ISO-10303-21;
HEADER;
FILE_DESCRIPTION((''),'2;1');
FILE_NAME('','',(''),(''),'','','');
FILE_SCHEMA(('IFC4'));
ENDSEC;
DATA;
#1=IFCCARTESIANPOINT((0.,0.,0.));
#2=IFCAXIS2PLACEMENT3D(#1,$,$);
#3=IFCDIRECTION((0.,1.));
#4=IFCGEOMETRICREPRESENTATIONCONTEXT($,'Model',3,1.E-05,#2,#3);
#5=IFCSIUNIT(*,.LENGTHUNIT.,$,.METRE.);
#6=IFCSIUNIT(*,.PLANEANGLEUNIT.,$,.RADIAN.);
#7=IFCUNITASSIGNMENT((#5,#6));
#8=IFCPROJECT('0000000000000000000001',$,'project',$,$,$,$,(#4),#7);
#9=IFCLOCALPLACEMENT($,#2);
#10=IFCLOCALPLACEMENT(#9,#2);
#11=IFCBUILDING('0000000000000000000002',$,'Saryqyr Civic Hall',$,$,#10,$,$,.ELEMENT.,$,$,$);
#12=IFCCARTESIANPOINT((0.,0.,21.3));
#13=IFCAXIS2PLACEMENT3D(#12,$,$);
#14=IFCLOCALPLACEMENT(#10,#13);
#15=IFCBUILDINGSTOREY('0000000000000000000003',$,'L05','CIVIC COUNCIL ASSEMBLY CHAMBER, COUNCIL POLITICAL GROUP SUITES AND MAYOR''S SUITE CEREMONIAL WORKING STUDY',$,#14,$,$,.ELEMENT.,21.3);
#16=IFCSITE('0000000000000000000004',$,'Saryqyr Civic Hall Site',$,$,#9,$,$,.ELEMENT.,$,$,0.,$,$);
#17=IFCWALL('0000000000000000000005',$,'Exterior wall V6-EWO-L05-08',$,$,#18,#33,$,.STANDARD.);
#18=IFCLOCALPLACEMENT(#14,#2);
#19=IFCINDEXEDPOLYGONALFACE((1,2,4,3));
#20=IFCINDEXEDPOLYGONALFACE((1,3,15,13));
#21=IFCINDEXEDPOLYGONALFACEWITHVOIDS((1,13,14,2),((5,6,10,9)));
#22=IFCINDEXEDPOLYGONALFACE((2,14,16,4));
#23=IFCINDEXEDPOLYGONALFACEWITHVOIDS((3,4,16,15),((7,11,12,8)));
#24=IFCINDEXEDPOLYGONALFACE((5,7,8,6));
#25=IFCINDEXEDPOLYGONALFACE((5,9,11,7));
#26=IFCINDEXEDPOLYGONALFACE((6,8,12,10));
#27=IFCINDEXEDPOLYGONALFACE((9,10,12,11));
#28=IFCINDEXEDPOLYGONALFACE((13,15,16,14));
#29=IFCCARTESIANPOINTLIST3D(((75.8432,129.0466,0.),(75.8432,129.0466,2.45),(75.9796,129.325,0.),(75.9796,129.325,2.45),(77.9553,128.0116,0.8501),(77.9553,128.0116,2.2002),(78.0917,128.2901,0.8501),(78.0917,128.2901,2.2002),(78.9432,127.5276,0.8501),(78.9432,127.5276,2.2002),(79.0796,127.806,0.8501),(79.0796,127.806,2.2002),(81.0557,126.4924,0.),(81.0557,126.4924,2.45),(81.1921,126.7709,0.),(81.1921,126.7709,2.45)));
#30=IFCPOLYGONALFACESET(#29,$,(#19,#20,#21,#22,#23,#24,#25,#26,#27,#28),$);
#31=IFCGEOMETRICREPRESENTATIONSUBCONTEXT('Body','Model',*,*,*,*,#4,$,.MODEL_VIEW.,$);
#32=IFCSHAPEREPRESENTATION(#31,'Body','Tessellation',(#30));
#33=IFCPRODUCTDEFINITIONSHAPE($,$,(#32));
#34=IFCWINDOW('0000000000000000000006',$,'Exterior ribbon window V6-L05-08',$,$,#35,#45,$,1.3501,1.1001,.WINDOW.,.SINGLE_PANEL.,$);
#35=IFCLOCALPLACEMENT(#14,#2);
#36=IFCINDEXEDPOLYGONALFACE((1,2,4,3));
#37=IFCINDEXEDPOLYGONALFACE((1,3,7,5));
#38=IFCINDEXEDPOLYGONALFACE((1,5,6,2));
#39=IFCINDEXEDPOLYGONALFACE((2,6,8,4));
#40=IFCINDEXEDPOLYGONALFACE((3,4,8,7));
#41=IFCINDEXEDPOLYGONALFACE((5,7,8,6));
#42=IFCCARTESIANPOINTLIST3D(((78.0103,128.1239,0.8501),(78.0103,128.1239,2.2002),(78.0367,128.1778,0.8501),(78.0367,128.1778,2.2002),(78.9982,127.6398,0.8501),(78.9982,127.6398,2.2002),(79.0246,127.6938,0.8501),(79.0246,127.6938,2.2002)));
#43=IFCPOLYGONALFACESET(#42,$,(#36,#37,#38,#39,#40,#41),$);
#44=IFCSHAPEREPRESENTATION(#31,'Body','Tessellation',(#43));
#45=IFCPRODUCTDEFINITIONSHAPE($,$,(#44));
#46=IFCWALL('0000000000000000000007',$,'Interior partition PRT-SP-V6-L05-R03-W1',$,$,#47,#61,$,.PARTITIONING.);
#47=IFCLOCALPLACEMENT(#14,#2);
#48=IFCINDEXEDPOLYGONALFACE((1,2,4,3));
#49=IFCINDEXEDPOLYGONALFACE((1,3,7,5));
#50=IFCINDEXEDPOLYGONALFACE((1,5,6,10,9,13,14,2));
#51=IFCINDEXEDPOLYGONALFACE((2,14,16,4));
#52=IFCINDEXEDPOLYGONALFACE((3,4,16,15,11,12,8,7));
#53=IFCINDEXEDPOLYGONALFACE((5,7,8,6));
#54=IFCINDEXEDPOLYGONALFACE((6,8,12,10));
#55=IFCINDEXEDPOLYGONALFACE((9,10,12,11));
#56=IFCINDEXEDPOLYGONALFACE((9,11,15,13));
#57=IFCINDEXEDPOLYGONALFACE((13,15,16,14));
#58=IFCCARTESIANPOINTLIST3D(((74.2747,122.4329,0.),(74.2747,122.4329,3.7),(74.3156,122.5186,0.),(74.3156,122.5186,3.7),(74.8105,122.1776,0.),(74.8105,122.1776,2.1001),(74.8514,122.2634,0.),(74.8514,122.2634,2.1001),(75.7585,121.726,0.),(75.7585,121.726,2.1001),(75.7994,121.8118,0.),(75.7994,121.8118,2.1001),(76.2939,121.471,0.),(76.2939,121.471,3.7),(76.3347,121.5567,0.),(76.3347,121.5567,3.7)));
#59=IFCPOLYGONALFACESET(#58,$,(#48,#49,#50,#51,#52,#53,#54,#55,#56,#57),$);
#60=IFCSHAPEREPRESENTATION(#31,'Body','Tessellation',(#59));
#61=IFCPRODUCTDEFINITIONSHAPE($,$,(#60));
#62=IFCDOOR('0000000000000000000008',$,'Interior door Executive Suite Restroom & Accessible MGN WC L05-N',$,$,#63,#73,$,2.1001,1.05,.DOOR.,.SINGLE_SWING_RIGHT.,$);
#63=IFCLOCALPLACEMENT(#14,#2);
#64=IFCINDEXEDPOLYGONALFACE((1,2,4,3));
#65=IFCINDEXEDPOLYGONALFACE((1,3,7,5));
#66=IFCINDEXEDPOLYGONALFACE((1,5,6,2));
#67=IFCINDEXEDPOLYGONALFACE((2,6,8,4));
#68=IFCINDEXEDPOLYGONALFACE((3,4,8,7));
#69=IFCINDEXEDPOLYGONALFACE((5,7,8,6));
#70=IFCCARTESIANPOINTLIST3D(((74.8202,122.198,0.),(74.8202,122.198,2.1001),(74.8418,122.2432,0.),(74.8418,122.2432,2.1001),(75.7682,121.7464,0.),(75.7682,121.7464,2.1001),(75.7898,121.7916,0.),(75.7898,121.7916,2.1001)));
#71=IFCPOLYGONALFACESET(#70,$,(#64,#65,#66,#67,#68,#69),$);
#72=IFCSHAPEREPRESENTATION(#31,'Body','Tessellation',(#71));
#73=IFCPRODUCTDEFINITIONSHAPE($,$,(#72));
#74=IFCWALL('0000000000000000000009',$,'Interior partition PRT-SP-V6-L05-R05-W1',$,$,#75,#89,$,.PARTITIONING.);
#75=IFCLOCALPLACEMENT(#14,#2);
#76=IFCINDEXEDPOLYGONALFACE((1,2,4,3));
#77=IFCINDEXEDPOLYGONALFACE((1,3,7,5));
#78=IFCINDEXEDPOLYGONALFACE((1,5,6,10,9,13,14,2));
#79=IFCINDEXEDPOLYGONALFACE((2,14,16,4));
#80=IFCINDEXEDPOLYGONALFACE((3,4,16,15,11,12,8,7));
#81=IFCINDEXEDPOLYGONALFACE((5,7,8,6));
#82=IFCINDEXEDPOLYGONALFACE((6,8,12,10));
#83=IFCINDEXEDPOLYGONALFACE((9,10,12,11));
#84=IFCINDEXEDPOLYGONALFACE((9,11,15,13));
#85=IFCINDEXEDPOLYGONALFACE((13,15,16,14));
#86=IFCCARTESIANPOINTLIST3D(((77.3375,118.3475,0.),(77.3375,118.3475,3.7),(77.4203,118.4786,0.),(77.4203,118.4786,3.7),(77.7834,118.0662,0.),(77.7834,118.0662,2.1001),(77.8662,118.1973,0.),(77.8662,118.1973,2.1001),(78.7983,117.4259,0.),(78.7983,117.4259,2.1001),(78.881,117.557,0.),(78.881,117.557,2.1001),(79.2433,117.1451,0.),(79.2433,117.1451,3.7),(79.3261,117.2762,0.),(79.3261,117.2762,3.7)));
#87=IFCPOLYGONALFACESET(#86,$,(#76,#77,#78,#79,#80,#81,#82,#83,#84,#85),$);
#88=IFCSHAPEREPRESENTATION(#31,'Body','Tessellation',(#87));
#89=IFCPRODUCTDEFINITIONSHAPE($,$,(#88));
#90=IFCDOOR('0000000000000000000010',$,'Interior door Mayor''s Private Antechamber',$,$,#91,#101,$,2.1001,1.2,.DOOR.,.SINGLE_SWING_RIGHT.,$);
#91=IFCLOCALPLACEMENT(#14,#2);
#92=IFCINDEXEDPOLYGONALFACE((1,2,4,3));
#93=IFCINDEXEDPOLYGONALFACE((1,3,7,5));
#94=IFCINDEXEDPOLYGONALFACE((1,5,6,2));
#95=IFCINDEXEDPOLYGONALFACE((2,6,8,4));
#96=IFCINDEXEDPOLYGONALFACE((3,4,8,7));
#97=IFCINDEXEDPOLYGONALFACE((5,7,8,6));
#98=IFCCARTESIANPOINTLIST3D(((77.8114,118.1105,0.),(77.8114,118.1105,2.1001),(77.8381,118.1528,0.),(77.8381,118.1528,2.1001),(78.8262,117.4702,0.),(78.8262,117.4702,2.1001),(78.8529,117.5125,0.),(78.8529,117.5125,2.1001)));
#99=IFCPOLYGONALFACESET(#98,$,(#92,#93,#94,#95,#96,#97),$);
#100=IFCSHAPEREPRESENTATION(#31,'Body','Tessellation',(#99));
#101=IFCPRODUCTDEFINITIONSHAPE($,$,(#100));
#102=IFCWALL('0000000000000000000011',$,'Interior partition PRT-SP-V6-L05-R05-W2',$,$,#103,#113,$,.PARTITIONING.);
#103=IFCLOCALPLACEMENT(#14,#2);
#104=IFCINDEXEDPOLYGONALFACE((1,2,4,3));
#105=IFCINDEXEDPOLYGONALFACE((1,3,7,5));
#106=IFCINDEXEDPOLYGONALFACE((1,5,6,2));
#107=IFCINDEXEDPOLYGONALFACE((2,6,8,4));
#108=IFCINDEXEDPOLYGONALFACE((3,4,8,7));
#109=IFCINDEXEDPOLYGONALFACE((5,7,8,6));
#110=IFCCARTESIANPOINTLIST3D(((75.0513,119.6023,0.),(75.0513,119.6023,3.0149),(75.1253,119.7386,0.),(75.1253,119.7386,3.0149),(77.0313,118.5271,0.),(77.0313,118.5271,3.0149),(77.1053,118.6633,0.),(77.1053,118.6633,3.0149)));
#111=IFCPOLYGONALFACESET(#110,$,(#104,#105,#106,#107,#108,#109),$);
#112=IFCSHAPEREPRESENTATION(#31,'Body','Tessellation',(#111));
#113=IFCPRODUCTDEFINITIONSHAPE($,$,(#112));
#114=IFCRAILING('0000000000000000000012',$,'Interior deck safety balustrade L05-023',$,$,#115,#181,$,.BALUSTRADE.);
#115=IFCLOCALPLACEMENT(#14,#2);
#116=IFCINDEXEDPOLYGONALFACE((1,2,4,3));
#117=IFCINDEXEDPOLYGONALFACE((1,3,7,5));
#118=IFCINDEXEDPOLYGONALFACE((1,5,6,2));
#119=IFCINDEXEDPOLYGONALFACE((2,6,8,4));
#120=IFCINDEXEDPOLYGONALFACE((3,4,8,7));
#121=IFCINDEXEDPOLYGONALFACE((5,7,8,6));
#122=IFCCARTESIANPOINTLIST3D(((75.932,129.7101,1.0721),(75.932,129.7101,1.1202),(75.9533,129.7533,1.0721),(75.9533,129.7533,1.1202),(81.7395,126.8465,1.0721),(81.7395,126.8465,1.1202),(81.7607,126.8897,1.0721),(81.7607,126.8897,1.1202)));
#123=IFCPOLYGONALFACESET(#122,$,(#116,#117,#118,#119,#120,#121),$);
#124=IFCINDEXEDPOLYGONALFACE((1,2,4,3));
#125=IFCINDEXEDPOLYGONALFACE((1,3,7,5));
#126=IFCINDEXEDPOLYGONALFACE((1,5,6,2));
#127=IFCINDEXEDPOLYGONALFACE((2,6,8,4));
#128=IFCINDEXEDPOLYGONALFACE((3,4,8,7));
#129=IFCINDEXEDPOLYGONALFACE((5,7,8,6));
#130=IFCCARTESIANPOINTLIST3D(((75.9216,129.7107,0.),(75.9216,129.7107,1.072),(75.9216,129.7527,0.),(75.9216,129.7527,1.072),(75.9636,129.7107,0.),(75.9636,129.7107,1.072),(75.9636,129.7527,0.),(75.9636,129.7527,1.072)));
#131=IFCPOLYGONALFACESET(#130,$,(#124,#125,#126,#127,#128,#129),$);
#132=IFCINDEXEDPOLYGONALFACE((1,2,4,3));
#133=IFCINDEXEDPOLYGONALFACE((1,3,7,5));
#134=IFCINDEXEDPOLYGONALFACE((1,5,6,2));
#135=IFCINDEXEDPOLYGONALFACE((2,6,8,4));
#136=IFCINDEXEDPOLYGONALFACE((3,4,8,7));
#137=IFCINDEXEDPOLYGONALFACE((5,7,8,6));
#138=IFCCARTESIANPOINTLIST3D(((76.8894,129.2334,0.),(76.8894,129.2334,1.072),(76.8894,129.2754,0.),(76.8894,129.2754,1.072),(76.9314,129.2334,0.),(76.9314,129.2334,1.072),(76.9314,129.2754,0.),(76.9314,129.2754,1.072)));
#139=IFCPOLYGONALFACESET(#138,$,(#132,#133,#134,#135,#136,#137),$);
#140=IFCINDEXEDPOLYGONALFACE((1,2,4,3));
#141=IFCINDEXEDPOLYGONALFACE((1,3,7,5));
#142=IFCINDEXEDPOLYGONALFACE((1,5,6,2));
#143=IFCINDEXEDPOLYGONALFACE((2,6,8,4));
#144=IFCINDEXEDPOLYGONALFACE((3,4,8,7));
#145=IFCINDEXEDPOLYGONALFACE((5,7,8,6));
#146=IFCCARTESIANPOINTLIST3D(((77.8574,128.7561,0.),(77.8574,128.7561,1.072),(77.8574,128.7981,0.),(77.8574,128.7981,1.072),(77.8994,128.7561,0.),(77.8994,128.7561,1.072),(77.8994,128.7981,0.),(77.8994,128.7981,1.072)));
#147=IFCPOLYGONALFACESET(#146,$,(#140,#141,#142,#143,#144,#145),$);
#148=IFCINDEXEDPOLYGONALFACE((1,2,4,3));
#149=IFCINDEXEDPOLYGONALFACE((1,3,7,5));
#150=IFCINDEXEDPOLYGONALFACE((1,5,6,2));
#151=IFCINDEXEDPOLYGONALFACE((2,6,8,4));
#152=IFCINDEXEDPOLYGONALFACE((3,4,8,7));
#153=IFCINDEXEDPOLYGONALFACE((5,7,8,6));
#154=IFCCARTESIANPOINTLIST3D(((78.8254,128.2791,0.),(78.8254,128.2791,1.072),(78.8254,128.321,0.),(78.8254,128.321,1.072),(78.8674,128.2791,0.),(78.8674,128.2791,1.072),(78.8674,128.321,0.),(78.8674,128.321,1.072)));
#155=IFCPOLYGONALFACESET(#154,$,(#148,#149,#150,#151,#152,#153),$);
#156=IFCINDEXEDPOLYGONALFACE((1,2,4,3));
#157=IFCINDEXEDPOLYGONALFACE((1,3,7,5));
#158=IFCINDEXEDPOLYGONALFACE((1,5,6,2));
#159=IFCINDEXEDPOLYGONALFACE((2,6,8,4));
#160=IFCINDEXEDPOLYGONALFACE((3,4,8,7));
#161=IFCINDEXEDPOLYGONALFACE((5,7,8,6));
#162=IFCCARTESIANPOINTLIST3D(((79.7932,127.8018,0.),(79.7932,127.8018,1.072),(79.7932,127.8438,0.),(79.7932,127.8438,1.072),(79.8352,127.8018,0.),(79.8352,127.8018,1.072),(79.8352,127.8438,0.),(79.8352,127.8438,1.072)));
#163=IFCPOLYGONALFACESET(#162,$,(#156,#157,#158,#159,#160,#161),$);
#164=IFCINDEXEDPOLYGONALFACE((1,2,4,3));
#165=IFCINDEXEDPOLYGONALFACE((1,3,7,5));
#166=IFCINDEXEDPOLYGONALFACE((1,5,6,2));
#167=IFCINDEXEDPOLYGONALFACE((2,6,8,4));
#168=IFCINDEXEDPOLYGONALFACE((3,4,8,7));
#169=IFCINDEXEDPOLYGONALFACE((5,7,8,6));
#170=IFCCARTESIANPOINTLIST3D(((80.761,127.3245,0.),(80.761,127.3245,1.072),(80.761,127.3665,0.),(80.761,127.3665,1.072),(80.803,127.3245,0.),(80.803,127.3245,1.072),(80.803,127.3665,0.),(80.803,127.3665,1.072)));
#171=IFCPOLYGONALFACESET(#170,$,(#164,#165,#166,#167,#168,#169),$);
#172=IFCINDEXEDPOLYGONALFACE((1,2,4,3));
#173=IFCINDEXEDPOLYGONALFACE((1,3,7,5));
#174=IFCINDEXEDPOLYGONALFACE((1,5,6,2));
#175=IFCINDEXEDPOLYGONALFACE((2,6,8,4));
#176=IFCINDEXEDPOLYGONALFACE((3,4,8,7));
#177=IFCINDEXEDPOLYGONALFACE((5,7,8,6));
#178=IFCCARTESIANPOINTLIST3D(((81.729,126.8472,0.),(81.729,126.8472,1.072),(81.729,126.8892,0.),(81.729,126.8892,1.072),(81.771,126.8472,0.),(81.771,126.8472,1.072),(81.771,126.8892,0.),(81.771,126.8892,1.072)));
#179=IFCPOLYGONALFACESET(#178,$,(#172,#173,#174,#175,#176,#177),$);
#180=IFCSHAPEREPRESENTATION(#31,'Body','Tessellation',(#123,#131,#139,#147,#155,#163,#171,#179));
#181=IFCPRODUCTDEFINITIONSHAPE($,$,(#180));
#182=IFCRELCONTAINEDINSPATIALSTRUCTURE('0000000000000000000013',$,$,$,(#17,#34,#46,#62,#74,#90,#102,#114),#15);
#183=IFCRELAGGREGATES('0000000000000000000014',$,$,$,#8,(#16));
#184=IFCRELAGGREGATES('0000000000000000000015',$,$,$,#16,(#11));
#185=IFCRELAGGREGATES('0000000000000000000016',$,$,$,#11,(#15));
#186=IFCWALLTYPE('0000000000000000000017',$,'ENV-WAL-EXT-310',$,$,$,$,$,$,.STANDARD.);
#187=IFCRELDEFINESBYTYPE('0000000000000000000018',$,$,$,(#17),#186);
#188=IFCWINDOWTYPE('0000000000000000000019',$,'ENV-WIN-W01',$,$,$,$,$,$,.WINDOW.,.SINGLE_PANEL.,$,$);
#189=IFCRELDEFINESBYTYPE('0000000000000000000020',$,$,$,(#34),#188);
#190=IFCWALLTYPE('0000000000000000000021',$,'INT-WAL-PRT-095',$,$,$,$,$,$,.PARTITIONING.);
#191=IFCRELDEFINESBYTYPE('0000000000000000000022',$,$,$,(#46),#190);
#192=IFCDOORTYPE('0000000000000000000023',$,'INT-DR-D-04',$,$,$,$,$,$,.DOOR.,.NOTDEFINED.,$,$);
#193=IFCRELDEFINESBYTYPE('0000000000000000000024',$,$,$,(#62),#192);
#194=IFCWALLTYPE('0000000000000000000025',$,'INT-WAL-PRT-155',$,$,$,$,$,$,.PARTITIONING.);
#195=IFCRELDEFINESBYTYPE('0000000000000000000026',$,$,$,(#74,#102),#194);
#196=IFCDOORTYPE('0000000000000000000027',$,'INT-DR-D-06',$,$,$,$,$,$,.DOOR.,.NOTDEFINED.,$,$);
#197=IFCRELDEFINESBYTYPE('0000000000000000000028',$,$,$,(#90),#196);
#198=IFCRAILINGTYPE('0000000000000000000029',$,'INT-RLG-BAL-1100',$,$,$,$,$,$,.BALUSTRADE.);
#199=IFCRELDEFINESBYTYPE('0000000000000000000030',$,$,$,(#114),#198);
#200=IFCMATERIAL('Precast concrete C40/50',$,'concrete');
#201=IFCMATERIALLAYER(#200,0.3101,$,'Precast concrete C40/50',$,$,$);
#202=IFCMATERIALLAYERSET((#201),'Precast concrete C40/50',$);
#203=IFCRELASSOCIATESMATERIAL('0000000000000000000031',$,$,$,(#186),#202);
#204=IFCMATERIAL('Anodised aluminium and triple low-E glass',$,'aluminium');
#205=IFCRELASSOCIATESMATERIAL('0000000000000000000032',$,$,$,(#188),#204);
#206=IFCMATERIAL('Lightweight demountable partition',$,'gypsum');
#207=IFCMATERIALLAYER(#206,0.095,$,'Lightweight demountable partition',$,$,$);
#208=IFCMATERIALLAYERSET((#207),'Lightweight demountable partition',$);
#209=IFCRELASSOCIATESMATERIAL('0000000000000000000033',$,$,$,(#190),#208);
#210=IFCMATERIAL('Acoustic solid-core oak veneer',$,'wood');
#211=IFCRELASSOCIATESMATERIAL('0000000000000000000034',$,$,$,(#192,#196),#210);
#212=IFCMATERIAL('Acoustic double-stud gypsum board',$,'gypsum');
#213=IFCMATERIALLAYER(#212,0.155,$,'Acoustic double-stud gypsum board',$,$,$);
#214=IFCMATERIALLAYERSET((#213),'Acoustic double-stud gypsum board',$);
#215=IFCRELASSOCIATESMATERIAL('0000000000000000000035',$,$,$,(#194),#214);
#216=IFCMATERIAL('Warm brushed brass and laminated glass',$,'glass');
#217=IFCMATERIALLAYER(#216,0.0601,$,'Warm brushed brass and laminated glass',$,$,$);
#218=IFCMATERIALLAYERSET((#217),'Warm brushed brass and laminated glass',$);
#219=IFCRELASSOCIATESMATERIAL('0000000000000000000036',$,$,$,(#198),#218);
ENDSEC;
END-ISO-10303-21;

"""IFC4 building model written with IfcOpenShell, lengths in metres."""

from ifc_helpers import new_model, si_unit, direction, frame, frame_2d, origin, origin_2d, place, context, subcontext, project, spatial, rectangle, extrude, material, layer, layer_set, type_object, element, fill, save


model = new_model("IFC4")

# Units and contexts
model_context = context("Model", 3, precision=1e-05, world=origin(), true_north=direction((0.0, 1.0)))
body_context = subcontext(model_context, "Body", "Model", "MODEL_VIEW")
ifc_project = project(units=[si_unit("LENGTHUNIT", "METRE"), si_unit("PLANEANGLEUNIT", "RADIAN")], contexts=[model_context])

# Site, building, storey
site_placement = place(None, origin())
site = spatial("IfcSite", under=ifc_project, at=site_placement, Name="Saryqyr Civic Hall Site", CompositionType="ELEMENT", RefElevation=0.0)
building_placement = place(site_placement, origin())
building = spatial("IfcBuilding", under=site, at=building_placement, Name="Saryqyr Civic Hall", CompositionType="ELEMENT")
storey_placement = place(building_placement, frame((0.0, 0.0, 21.3)))
storey = spatial("IfcBuildingStorey", under=building, at=storey_placement, Name="L05", Description="CIVIC COUNCIL ASSEMBLY CHAMBER, COUNCIL POLITICAL GROUP SUITES AND MAYOR'S SUITE CEREMONIAL WORKING STUDY", CompositionType="ELEMENT", Elevation=21.3)

# Shared definitions
ifc_material_1 = material(Name="Anodised aluminium and triple low-E glass", Category="aluminium")

# Shared definitions
ifc_material_2 = material(Name="Precast concrete C40/50", Category="concrete")

# Wall, opening, window
ifc_layer_1 = layer(ifc_material_2, 0.3101, Name="Precast concrete C40/50")
ifc_layer_set_1 = layer_set([ifc_layer_1], Name="Precast concrete C40/50")
wall_type_1 = type_object("IfcWallType", Name="ENV-WAL-EXT-310", PredefinedType="STANDARD", material=ifc_layer_set_1)
wall_1_placement = place(storey_placement, frame((75.9114, 129.1858, 0.0), z_axis=(0.0, 0.0, 1.0), x_axis=(0.89799, -0.440016, 0.0)))
wall_1 = element("IfcWall", 1, at=wall_1_placement, inside=storey, type_object=wall_type_1, Name="Exterior wall V6-EWO-L05-08", PredefinedType="STANDARD", context=body_context, shape_type="SweptSolid", body=[
    extrude(rectangle(XDim=5.8047, YDim=0.3101, at=frame_2d((2.9023, 0.0))), origin(), (0.0, 0.0, 1.0), 2.45),
])
opening_1_placement = place(wall_1_placement, frame((2.3521, 0.0, 0.8501)))
opening_1 = element("IfcOpeningElement", 2, at=opening_1_placement, cuts=wall_1, PredefinedType="OPENING", context=body_context, shape_type="SweptSolid", body=[
    extrude(rectangle(XDim=1.1001, YDim=1.3501, at=frame_2d((0.55, 0.675))), frame((0.0, 0.165, 0.0), z_axis=(0.0, -1.0, 0.0), x_axis=(1.0, 0.0, 0.0)), (0.0, 0.0, 1.0), 0.3301),
])
window_type = type_object("IfcWindowType", Name="ENV-WIN-W01", PartitioningType="SINGLE_PANEL", PredefinedType="WINDOW", material=ifc_material_1)
window_placement = place(opening_1_placement, origin())
window = element("IfcWindow", 3, at=window_placement, inside=storey, type_object=window_type, Name="Exterior ribbon window V6-L05-08", OverallHeight=1.3501, OverallWidth=1.1001, PartitioningType="SINGLE_PANEL", PredefinedType="WINDOW", context=body_context, shape_type="SweptSolid", body=[
    extrude(rectangle(XDim=1.1001, YDim=1.3501, at=frame_2d((0.55, 0.675))), frame((0.0, 0.03, 0.0), z_axis=(0.0, -1.0, 0.0), x_axis=(1.0, 0.0, 0.0)), (0.0, 0.0, 1.0), 0.0601),
])
fill(opening_1, window)

# Walls, openings, doors
ifc_material_3 = material(Name="Lightweight demountable partition", Category="gypsum")
ifc_layer_2 = layer(ifc_material_3, 0.095, Name="Lightweight demountable partition")
ifc_layer_set_2 = layer_set([ifc_layer_2], Name="Lightweight demountable partition")
wall_type_2 = type_object("IfcWallType", Name="INT-WAL-PRT-095", PredefinedType="PARTITIONING", material=ifc_layer_set_2)
wall_2_placement = place(storey_placement, frame((76.3142, 121.5139, 0.0), z_axis=(0.0, 0.0, 1.0), x_axis=(-0.9028, 0.430061, 0.0)))
wall_2 = element("IfcWall", 4, at=wall_2_placement, inside=storey, type_object=wall_type_2, Name="Interior partition PRT-SP-V6-L05-R03-W1", PredefinedType="PARTITIONING", context=body_context, shape_type="SweptSolid", body=[
    extrude(rectangle(XDim=2.2366, YDim=0.095, at=frame_2d((1.1182, 0.0))), origin(), (0.0, 0.0, 1.0), 3.7),
])
opening_2_placement = place(wall_2_placement, frame((0.593, 0.0, 0.0)))
opening_2 = element("IfcOpeningElement", 5, at=opening_2_placement, cuts=wall_2, PredefinedType="OPENING", context=body_context, shape_type="SweptSolid", body=[
    extrude(rectangle(XDim=1.05, YDim=2.1001, at=frame_2d((0.5249, 1.05))), frame((0.0, 0.0574, 0.0), z_axis=(0.0, -1.0, 0.0), x_axis=(1.0, 0.0, 0.0)), (0.0, 0.0, 1.0), 0.115),
])
ifc_material_4 = material(Name="Acoustic solid-core oak veneer", Category="wood")
door_type_1 = type_object("IfcDoorType", Name="INT-DR-D-04", OperationType="NOTDEFINED", PredefinedType="DOOR", material=ifc_material_4)
door_1_placement = place(opening_2_placement, origin())
door_1 = element("IfcDoor", 6, at=door_1_placement, inside=storey, type_object=door_type_1, Name="Interior door Executive Suite Restroom & Accessible MGN WC L05-N", OperationType="SINGLE_SWING_RIGHT", OverallHeight=2.1001, OverallWidth=1.05, PredefinedType="DOOR", context=body_context, shape_type="SweptSolid", body=[
    extrude(rectangle(XDim=1.05, YDim=2.1001, at=frame_2d((0.5249, 1.05))), frame((0.0, 0.0249, 0.0), z_axis=(0.0, -1.0, 0.0), x_axis=(1.0, 0.0, 0.0)), (0.0, 0.0, 1.0), 0.05),
])
fill(opening_2, door_1)
ifc_material_5 = material(Name="Acoustic double-stud gypsum board", Category="gypsum")
ifc_layer_3 = layer(ifc_material_5, 0.155, Name="Acoustic double-stud gypsum board")
ifc_layer_set_3 = layer_set([ifc_layer_3], Name="Acoustic double-stud gypsum board")
wall_type_3 = type_object("IfcWallType", Name="INT-WAL-PRT-155", PredefinedType="PARTITIONING", material=ifc_layer_set_3)
wall_3_placement = place(storey_placement, frame((77.3789, 118.4131, 0.0), z_axis=(0.0, 0.0, 1.0), x_axis=(0.845739, -0.533598, 0.0)))
wall_3 = element("IfcWall", 7, at=wall_3_placement, inside=storey, type_object=wall_type_3, Name="Interior partition PRT-SP-V6-L05-R05-W1", PredefinedType="PARTITIONING", context=body_context, shape_type="SweptSolid", body=[
    extrude(rectangle(XDim=2.2534, YDim=0.155, at=frame_2d((1.1267, 0.0))), origin(), (0.0, 0.0, 1.0), 3.7),
])
opening_3_placement = place(wall_3_placement, frame((0.5271, 0.0, 0.0)))
opening_3 = element("IfcOpeningElement", 8, at=opening_3_placement, cuts=wall_3, PredefinedType="OPENING", context=body_context, shape_type="SweptSolid", body=[
    extrude(rectangle(XDim=1.2, YDim=2.1001, at=frame_2d((0.6001, 1.05))), frame((0.0, 0.0874, 0.0), z_axis=(0.0, -1.0, 0.0), x_axis=(1.0, 0.0, 0.0)), (0.0, 0.0, 1.0), 0.175),
])
door_type_2 = type_object("IfcDoorType", Name="INT-DR-D-06", OperationType="NOTDEFINED", PredefinedType="DOOR", material=ifc_material_4)
door_2_placement = place(opening_3_placement, origin())
door_2 = element("IfcDoor", 9, at=door_2_placement, inside=storey, type_object=door_type_2, Name="Interior door Mayor's Private Antechamber", OperationType="SINGLE_SWING_RIGHT", OverallHeight=2.1001, OverallWidth=1.2, PredefinedType="DOOR", context=body_context, shape_type="SweptSolid", body=[
    extrude(rectangle(XDim=1.2, YDim=2.1001, at=frame_2d((0.6001, 1.05))), frame((0.0, 0.0249, 0.0), z_axis=(0.0, -1.0, 0.0), x_axis=(1.0, 0.0, 0.0)), (0.0, 0.0, 1.0), 0.05),
])
fill(opening_3, door_2)

# Wall
wall_4_placement = place(storey_placement, frame((75.0884, 119.6704, 0.0), z_axis=(0.0, 0.0, 1.0), x_axis=(0.878789, -0.477211, 0.0)))
element("IfcWall", 10, at=wall_4_placement, inside=storey, type_object=wall_type_3, Name="Interior partition PRT-SP-V6-L05-R05-W2", PredefinedType="PARTITIONING", context=body_context, shape_type="SweptSolid", body=[
    extrude(rectangle(XDim=2.2532, YDim=0.155, at=frame_2d((1.1265, 0.0))), origin(), (0.0, 0.0, 1.0), 3.0149),
])

# Railing
ifc_material_6 = material(Name="Warm brushed brass and laminated glass", Category="glass")
ifc_layer_4 = layer(ifc_material_6, 0.0601, Name="Warm brushed brass and laminated glass")
ifc_layer_set_4 = layer_set([ifc_layer_4], Name="Warm brushed brass and laminated glass")
railing_type = type_object("IfcRailingType", Name="INT-RLG-BAL-1100", PredefinedType="BALUSTRADE", material=ifc_layer_set_4)
railing_1_placement = place(storey_placement, frame((75.9426, 129.7317, 0.0)))
element("IfcRailing", 11, at=railing_1_placement, inside=storey, type_object=railing_type, Name="Interior deck safety balustrade L05-023", PredefinedType="BALUSTRADE", context=body_context, shape_type="SweptSolid", body=[
    extrude(rectangle(XDim=0.0481, YDim=0.0481, at=origin_2d()), frame((0.0, 0.0, 1.0962), z_axis=(0.896894, -0.442245, 0.0), x_axis=(0.442245, 0.896894, 0.0)), (0.0, 0.0, 1.0), 6.4751),
    extrude(rectangle(XDim=0.042, YDim=0.042, at=origin_2d()), origin(), (0.0, 0.0, 1.0), 1.072),
    extrude(rectangle(XDim=0.042, YDim=0.042, at=origin_2d()), frame((0.9678, -0.4773, 0.0)), (0.0, 0.0, 1.0), 1.072),
    extrude(rectangle(XDim=0.042, YDim=0.042, at=origin_2d()), frame((1.9358, -0.9546, 0.0)), (0.0, 0.0, 1.0), 1.072),
    extrude(rectangle(XDim=0.042, YDim=0.042, at=origin_2d()), frame((2.9038, -1.4316, 0.0)), (0.0, 0.0, 1.0), 1.072),
    extrude(rectangle(XDim=0.042, YDim=0.042, at=origin_2d()), frame((3.8716, -1.9089, 0.0)), (0.0, 0.0, 1.0), 1.072),
    extrude(rectangle(XDim=0.042, YDim=0.042, at=origin_2d()), frame((4.8394, -2.3862, 0.0)), (0.0, 0.0, 1.0), 1.072),
    extrude(rectangle(XDim=0.042, YDim=0.042, at=origin_2d()), frame((5.8074, -2.8635, 0.0)), (0.0, 0.0, 1.0), 1.072),
])

save(model, "model.ifc")
